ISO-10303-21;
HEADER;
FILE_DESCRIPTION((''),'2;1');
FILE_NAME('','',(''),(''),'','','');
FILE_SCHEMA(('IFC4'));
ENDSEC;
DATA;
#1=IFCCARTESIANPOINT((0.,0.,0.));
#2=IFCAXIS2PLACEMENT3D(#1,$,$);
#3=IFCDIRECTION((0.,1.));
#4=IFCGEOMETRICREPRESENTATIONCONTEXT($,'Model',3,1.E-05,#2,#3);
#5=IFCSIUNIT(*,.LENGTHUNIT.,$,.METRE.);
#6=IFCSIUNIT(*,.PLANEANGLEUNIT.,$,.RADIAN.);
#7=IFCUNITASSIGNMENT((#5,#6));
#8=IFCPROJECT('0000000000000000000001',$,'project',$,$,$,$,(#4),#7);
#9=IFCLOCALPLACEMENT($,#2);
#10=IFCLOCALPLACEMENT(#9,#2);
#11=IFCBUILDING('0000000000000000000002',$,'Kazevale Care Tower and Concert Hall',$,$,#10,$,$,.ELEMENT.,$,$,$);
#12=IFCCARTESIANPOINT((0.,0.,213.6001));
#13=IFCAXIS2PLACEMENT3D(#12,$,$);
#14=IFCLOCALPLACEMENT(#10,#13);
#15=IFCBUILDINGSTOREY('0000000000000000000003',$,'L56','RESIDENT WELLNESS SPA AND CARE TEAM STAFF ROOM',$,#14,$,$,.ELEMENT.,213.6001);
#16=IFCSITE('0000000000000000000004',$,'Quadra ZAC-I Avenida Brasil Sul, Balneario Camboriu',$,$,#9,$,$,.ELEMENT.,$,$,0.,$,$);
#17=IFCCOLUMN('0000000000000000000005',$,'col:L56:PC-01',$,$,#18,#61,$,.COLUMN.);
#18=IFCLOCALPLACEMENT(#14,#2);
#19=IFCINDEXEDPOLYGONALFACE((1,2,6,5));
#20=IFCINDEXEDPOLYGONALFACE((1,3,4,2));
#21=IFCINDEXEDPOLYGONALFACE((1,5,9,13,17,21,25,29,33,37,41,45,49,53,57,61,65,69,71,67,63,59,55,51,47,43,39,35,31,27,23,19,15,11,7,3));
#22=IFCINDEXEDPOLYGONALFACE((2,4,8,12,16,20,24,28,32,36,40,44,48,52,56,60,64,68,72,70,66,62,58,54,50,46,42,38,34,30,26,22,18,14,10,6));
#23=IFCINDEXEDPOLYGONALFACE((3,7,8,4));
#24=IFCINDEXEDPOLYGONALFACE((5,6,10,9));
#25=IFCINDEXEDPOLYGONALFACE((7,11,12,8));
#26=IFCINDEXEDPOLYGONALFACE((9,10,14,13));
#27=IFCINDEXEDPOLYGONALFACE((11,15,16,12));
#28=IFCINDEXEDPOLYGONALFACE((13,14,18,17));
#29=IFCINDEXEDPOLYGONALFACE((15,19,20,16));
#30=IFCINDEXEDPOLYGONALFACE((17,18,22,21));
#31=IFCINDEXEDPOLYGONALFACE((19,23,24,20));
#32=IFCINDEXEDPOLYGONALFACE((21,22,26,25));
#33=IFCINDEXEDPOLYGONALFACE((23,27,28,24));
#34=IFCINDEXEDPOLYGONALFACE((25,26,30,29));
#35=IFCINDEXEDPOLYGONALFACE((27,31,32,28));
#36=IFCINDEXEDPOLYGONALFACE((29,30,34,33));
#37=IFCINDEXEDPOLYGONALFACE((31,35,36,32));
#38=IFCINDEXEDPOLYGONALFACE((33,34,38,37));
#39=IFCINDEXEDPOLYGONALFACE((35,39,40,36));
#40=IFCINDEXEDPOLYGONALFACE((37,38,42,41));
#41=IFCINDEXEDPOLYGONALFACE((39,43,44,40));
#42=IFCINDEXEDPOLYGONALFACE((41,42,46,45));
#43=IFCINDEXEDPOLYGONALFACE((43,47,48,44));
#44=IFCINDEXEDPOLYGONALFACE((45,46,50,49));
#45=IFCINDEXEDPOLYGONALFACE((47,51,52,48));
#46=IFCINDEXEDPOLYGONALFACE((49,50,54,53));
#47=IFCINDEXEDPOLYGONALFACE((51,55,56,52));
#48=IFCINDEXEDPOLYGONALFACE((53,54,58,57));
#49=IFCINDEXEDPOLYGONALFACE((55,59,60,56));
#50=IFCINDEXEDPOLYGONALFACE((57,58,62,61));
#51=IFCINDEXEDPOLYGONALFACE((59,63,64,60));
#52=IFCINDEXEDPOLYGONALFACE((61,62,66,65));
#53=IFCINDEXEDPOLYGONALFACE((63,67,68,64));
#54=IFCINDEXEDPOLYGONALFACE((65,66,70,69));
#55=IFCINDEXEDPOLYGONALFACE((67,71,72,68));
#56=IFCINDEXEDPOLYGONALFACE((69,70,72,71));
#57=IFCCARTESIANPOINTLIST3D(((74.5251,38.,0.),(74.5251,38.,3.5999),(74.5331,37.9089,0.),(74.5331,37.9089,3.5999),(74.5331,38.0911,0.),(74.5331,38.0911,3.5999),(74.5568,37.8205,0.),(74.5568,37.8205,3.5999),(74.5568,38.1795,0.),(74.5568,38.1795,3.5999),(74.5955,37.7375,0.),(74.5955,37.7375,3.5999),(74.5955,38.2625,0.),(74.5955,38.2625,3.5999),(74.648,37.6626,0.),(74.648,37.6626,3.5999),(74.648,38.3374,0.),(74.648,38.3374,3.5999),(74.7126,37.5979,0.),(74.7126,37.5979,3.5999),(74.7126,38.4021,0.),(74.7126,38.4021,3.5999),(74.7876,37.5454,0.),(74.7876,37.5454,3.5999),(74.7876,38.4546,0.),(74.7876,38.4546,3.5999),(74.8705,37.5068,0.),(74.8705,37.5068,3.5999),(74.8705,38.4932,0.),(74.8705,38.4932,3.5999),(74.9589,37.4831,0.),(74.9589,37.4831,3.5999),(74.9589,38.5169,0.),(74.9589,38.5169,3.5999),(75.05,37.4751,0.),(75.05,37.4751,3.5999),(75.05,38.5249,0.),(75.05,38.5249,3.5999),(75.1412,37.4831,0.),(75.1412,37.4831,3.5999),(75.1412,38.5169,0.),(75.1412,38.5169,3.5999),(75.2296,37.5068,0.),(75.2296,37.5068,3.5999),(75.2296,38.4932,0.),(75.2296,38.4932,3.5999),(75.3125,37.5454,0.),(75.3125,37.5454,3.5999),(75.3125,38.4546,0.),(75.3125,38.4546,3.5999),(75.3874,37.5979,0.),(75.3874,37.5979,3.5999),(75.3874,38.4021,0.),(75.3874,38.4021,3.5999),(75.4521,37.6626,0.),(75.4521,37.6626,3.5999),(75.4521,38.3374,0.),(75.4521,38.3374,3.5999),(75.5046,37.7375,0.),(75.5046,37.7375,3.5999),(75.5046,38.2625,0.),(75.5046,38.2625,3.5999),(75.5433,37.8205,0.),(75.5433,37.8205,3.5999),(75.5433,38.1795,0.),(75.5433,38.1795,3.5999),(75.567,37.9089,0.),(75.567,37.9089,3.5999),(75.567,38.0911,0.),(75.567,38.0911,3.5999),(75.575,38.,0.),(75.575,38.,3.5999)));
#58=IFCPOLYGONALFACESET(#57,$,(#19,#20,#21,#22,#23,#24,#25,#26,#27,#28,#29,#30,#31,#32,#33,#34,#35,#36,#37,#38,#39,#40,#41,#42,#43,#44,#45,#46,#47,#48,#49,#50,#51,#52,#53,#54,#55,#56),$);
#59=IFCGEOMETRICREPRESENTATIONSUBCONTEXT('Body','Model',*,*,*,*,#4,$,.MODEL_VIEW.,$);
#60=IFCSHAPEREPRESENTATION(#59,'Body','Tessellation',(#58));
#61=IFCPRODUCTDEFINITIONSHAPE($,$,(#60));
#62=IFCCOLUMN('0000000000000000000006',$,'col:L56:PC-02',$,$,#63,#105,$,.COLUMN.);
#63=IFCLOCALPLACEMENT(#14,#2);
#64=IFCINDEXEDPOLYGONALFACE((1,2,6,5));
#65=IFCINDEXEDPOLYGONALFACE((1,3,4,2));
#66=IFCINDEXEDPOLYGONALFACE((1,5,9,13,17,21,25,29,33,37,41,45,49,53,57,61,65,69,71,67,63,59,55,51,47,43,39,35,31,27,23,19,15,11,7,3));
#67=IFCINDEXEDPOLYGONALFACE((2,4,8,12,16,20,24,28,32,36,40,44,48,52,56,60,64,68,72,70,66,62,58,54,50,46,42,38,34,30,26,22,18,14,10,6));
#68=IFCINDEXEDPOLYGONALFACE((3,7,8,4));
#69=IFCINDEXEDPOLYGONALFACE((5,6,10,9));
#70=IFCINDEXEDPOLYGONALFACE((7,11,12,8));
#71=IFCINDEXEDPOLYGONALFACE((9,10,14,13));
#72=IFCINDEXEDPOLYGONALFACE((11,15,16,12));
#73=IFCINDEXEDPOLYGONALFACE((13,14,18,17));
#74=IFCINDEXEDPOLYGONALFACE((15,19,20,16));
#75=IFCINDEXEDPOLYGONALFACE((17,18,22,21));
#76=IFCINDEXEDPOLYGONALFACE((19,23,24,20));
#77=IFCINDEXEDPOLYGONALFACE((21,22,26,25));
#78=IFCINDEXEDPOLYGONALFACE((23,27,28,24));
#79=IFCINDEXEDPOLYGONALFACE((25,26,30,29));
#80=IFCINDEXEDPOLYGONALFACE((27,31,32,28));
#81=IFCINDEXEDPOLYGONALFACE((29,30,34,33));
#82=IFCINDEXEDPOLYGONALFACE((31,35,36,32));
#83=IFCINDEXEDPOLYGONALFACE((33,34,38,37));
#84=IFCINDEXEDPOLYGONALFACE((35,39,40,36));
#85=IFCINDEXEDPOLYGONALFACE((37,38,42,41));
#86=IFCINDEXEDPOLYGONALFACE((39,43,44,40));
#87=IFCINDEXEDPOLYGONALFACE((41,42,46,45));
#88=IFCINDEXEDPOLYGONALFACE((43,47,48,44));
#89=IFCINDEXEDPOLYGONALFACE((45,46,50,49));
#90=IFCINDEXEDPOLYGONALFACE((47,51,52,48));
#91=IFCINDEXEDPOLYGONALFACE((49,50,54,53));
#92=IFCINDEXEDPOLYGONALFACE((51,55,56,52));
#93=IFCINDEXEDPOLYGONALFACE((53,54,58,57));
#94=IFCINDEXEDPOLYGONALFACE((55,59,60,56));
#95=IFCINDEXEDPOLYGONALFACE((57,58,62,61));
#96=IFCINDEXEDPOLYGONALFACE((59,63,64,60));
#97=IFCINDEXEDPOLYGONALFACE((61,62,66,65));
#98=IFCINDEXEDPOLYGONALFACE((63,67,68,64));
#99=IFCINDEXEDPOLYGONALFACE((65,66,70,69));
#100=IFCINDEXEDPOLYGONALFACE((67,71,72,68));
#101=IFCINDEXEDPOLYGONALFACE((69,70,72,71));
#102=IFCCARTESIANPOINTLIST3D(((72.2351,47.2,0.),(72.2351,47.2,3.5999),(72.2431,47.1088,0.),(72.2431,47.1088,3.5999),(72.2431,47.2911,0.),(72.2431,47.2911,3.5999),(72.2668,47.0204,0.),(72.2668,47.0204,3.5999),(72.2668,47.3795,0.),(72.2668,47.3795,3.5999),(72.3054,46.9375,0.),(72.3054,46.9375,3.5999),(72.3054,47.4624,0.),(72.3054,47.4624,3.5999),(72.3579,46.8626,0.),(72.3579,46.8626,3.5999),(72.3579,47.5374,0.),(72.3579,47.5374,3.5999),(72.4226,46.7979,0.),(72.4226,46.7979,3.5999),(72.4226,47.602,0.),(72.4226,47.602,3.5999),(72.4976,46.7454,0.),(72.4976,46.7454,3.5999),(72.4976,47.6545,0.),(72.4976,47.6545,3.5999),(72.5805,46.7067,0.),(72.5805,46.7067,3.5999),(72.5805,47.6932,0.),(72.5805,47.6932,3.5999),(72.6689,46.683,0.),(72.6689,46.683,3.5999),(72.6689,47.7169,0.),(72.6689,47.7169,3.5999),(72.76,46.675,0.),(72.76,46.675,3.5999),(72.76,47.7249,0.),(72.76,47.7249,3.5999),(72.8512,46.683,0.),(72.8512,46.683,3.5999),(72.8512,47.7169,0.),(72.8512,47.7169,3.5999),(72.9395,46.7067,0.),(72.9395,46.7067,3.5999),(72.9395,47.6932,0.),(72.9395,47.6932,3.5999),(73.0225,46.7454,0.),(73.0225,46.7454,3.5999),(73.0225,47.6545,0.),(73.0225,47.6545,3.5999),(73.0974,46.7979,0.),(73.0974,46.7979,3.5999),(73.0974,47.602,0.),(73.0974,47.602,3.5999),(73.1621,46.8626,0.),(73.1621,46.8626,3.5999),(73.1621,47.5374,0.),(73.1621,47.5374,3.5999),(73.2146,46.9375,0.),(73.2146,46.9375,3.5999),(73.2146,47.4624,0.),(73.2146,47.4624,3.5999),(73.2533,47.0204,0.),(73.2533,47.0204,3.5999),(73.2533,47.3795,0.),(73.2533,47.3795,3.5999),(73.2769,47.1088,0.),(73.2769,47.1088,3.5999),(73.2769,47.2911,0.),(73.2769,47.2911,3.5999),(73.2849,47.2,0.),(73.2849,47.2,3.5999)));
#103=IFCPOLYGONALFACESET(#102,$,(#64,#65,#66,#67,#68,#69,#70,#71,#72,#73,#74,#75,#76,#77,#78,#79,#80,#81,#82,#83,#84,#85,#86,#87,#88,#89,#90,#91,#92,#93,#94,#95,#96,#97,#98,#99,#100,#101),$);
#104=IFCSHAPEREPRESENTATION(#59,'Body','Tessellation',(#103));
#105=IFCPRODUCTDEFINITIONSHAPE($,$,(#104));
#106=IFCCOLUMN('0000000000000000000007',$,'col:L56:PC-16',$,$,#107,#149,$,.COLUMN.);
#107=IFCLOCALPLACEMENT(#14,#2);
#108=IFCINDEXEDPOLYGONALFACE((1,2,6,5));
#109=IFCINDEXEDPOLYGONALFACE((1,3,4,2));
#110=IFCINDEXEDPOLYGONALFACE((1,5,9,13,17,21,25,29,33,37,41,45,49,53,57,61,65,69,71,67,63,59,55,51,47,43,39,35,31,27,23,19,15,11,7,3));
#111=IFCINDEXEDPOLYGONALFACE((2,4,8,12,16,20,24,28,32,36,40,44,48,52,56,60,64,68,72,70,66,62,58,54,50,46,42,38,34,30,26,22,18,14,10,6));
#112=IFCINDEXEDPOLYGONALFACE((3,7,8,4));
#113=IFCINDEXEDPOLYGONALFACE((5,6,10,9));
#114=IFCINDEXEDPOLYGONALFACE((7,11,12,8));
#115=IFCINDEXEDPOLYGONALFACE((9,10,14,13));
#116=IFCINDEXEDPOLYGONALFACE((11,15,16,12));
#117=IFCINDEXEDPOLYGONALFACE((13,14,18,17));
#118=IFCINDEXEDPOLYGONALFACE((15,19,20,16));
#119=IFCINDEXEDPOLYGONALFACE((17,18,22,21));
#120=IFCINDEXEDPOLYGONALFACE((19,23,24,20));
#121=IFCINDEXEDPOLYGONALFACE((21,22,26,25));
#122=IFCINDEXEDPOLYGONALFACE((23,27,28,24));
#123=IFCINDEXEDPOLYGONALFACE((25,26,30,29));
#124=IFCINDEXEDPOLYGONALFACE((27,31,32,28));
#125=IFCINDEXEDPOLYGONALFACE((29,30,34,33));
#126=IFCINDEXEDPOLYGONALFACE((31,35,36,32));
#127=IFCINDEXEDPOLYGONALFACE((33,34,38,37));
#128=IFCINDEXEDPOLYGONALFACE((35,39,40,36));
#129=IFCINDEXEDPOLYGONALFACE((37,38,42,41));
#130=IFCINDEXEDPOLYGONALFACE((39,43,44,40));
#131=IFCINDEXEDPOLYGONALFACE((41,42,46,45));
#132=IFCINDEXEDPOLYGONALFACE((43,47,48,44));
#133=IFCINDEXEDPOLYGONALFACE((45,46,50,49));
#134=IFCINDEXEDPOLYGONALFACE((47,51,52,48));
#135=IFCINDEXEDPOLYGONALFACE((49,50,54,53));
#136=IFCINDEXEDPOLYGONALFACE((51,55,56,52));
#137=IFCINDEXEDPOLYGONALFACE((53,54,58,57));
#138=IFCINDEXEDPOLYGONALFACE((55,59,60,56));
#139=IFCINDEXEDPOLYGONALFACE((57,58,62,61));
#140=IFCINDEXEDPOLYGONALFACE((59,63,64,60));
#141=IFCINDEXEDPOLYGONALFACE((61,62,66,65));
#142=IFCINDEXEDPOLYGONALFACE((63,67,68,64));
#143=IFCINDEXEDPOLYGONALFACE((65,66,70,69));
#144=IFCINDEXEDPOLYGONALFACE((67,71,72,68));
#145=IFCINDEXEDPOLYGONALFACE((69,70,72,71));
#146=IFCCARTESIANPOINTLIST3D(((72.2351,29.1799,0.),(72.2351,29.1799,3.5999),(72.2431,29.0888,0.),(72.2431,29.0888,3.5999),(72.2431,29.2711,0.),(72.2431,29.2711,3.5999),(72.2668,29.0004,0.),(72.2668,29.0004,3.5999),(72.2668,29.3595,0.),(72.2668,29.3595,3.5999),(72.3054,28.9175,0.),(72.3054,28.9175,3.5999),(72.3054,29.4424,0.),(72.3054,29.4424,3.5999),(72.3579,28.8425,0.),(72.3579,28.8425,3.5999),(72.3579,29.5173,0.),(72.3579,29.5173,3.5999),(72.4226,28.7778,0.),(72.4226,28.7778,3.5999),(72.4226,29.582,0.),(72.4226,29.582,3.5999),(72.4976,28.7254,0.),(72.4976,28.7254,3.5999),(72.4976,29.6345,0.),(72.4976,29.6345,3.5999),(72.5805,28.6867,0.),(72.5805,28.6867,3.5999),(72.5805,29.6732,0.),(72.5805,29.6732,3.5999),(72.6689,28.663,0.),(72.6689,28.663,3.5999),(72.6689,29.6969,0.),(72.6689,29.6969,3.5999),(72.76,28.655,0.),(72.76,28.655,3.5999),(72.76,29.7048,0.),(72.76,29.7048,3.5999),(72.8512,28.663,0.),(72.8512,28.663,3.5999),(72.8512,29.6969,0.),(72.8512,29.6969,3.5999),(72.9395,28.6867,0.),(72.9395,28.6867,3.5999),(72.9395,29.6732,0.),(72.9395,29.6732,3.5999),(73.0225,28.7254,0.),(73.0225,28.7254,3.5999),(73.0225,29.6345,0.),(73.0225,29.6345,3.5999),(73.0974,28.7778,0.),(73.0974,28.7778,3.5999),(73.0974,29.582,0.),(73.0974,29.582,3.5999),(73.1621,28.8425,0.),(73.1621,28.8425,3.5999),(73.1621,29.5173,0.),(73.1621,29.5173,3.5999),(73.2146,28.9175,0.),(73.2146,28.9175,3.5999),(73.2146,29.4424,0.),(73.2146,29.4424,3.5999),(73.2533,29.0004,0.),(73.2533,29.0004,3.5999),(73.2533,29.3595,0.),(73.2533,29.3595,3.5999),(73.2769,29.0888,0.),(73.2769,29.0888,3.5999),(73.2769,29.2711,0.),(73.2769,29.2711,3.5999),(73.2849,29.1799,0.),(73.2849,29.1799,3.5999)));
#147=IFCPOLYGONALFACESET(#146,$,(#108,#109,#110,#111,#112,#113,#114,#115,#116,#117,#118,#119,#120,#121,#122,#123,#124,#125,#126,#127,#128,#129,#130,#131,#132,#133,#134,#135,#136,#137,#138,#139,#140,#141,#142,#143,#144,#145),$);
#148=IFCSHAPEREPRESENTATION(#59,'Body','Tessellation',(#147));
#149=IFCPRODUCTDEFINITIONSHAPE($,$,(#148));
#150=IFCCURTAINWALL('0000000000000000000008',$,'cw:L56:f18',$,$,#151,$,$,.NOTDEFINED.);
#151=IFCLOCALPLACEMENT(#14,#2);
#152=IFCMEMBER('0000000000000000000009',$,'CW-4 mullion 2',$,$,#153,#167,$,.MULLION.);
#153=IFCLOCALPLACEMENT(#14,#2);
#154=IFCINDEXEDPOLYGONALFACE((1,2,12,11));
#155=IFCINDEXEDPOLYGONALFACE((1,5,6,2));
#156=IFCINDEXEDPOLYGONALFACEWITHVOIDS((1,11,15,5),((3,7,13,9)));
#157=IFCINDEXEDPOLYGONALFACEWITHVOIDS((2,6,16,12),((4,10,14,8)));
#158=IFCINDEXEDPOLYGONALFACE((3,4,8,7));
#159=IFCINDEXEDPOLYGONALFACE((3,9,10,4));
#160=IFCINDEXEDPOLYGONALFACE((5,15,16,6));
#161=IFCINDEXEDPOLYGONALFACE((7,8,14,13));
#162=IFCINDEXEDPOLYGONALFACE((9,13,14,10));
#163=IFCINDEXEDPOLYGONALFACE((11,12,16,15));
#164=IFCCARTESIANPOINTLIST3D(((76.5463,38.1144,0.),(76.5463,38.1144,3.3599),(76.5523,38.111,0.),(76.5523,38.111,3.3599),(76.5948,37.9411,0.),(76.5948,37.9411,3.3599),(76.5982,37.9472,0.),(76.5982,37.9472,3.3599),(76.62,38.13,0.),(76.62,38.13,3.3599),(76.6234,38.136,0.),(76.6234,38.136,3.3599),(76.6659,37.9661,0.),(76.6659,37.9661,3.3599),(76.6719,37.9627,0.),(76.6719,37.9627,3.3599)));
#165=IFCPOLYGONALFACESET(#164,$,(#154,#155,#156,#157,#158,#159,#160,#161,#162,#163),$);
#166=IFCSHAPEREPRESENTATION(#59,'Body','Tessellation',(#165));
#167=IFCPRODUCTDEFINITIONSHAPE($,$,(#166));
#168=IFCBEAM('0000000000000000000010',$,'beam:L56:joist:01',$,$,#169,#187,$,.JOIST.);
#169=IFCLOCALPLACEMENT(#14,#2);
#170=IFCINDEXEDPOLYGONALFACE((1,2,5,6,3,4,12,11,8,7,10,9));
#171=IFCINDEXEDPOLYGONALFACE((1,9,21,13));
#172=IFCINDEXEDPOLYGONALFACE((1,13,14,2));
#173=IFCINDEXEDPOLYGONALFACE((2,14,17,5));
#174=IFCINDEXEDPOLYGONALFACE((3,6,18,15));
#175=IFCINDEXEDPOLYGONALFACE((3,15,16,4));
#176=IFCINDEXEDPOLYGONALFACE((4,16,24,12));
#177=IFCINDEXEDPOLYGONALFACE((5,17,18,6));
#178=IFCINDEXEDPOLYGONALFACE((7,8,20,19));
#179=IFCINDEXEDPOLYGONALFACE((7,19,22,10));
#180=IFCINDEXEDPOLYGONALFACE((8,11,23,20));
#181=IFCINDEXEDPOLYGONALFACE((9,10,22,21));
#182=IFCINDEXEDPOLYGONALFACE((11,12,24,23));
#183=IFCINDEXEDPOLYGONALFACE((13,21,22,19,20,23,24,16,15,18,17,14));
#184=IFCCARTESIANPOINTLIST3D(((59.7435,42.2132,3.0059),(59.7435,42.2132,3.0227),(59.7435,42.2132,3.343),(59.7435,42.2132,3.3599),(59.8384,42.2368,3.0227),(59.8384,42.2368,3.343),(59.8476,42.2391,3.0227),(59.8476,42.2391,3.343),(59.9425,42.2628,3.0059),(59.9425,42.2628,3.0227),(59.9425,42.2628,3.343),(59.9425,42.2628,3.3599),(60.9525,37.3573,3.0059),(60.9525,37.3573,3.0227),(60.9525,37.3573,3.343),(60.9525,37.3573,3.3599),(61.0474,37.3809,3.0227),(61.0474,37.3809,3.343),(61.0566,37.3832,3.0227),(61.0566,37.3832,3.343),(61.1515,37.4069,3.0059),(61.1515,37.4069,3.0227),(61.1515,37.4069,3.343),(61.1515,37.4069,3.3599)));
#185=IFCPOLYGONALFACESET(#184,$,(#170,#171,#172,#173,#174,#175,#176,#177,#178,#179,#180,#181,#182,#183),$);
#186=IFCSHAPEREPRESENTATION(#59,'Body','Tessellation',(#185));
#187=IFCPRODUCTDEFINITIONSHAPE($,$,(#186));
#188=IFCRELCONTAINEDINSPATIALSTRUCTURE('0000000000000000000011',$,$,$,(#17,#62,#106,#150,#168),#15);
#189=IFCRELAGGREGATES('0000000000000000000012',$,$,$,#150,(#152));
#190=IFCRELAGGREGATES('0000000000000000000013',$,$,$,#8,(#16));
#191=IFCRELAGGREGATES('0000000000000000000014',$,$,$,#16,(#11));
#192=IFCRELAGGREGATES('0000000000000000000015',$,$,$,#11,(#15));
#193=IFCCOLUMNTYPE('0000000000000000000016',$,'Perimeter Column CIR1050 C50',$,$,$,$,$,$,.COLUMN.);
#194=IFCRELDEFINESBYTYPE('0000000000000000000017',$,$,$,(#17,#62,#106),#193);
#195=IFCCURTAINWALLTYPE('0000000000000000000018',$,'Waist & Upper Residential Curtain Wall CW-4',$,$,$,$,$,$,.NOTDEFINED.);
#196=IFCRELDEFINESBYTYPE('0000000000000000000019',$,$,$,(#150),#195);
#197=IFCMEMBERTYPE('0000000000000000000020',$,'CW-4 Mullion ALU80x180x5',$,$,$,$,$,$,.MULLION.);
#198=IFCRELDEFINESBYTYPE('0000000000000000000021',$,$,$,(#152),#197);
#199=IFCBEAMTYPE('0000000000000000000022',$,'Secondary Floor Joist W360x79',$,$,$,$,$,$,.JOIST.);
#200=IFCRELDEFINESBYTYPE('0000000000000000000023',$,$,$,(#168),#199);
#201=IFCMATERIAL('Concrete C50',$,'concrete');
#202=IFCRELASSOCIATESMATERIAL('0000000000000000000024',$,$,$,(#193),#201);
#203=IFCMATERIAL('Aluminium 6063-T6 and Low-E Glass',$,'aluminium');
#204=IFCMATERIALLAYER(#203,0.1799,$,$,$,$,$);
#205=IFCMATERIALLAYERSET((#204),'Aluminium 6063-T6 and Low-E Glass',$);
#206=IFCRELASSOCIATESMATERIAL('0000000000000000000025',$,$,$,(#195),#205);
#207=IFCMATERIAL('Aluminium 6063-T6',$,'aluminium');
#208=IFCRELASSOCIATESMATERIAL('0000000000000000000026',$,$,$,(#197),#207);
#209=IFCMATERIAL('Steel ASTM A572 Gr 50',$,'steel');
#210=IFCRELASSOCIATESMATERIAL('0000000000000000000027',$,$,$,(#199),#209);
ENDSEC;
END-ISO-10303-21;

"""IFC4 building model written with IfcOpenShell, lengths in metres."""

from ifc_helpers import new_model, si_unit, direction, frame, origin, origin_2d, place, context, subcontext, project, spatial, hollow_rectangle, circle, i_section, extrude, material, layer, layer_set, material_profile, profile_set, type_object, element, aggregate, save


model = new_model("IFC4")

# Units and contexts
model_context = context("Model", 3, precision=1e-05, world=origin(), true_north=direction((0.0, 1.0)))
body_context = subcontext(model_context, "Body", "Model", "MODEL_VIEW")
ifc_project = project(units=[si_unit("LENGTHUNIT", "METRE"), si_unit("PLANEANGLEUNIT", "RADIAN")], contexts=[model_context])

# Site, building, storey
site_placement = place(None, origin())
site = spatial("IfcSite", under=ifc_project, at=site_placement, Name="Quadra ZAC-I Avenida Brasil Sul, Balneario Camboriu", CompositionType="ELEMENT", RefElevation=0.0)
building_placement = place(site_placement, origin())
building = spatial("IfcBuilding", under=site, at=building_placement, Name="Kazevale Care Tower and Concert Hall", CompositionType="ELEMENT")
storey_placement = place(building_placement, frame((0.0, 0.0, 213.6001)))
storey = spatial("IfcBuildingStorey", under=building, at=storey_placement, Name="L56", Description="RESIDENT WELLNESS SPA AND CARE TEAM STAFF ROOM", CompositionType="ELEMENT", Elevation=213.6001)

# Columns
ifc_material_1 = material(Name="Concrete C50", Category="concrete")
ifc_material_profile_1 = material_profile(ifc_material_1, circle(Radius=0.5249, at=origin_2d()), Name="RC-CIR1050")
ifc_profile_set_1 = profile_set([ifc_material_profile_1], Name="Concrete C50")
column_type = type_object("IfcColumnType", Name="Perimeter Column CIR1050 C50", PredefinedType="COLUMN", material=ifc_profile_set_1)
for number, where, z_axis, x_axis, name in (
    (1, (75.05, 38.0, 0.0), (0.0, 0.0, 1.0), (1.0, 0.0, 0.0), "col:L56:PC-01"),
    (2, (72.76, 47.2, 0.0), (0.0, 0.0, 1.0), (1.0, 0.0, 0.0), "col:L56:PC-02"),
    (3, (72.76, 29.1799, 0.0), (0.0, 0.0, 1.0), (1.0, 0.0, 0.0), "col:L56:PC-16"),
):
    element("IfcColumn", number, at=place(storey_placement, frame(where, z_axis=z_axis, x_axis=x_axis)), inside=storey, type_object=column_type, Name=name, PredefinedType="COLUMN", context=body_context, shape_type="SweptSolid", body=[
        extrude(circle(Radius=0.5249, at=origin_2d()), origin(), (0.0, 0.0, 1.0), 3.5999),
    ])

# Curtain wall, member
ifc_material_2 = material(Name="Aluminium 6063-T6 and Low-E Glass", Category="aluminium")
ifc_layer_1 = layer(ifc_material_2, 0.1799)
ifc_layer_set_1 = layer_set([ifc_layer_1], Name="Aluminium 6063-T6 and Low-E Glass")
curtain_wall_type = type_object("IfcCurtainWallType", Name="Waist & Upper Residential Curtain Wall CW-4", PredefinedType="NOTDEFINED", material=ifc_layer_set_1)
curtain_wall_placement = place(storey_placement, origin())
curtain_wall = element("IfcCurtainWall", 4, at=curtain_wall_placement, inside=storey, type_object=curtain_wall_type, Name="cw:L56:f18", PredefinedType="NOTDEFINED")
ifc_material_3 = material(Name="Aluminium 6063-T6", Category="aluminium")
ifc_material_profile_2 = material_profile(ifc_material_3, hollow_rectangle(XDim=0.0801, YDim=0.1799, WallThickness=0.0049, at=origin_2d()), Name="ALU80x180x5")
ifc_profile_set_2 = profile_set([ifc_material_profile_2], Name="Aluminium 6063-T6")
member_type = type_object("IfcMemberType", Name="CW-4 Mullion ALU80x180x5", PredefinedType="MULLION", material=ifc_profile_set_2)
member_placement = place(storey_placement, frame((76.6091, 38.0386, 0.0), z_axis=(0.0, 0.0, 1.0), x_axis=(0.962972, 0.269601, 0.0)))
member = element("IfcMember", 5, at=member_placement, type_object=member_type, Name="CW-4 mullion 2", PredefinedType="MULLION", context=body_context, shape_type="SweptSolid", body=[
    extrude(hollow_rectangle(XDim=0.0801, YDim=0.1799, WallThickness=0.0049, at=origin_2d()), origin(), (0.0, 0.0, 1.0), 3.3599),
])

# Beam
ifc_material_4 = material(Name="Steel ASTM A572 Gr 50", Category="steel")
ifc_material_profile_3 = material_profile(ifc_material_4, i_section(OverallWidth=0.2051, OverallDepth=0.354, WebThickness=0.0095, FlangeThickness=0.0168, at=origin_2d()), Name="W360x79")
ifc_profile_set_3 = profile_set([ifc_material_profile_3], Name="Steel ASTM A572 Gr 50")
beam_type_1 = type_object("IfcBeamType", Name="Secondary Floor Joist W360x79", PredefinedType="JOIST", material=ifc_profile_set_3)
beam_1_placement = place(storey_placement, frame((61.052, 37.3821, 3.1829), z_axis=(-0.241594, 0.970377, 0.0), x_axis=(-0.970377, -0.241594, 0.0)))
element("IfcBeam", 6, at=beam_1_placement, inside=storey, type_object=beam_type_1, Name="beam:L56:joist:01", PredefinedType="JOIST", context=body_context, shape_type="SweptSolid", body=[
    extrude(i_section(OverallWidth=0.2051, OverallDepth=0.354, WebThickness=0.0095, FlangeThickness=0.0168, at=origin_2d()), origin(), (0.0, 0.0, 1.0), 5.0042),
])

aggregate(curtain_wall, [member])

save(model, "model.ifc")
